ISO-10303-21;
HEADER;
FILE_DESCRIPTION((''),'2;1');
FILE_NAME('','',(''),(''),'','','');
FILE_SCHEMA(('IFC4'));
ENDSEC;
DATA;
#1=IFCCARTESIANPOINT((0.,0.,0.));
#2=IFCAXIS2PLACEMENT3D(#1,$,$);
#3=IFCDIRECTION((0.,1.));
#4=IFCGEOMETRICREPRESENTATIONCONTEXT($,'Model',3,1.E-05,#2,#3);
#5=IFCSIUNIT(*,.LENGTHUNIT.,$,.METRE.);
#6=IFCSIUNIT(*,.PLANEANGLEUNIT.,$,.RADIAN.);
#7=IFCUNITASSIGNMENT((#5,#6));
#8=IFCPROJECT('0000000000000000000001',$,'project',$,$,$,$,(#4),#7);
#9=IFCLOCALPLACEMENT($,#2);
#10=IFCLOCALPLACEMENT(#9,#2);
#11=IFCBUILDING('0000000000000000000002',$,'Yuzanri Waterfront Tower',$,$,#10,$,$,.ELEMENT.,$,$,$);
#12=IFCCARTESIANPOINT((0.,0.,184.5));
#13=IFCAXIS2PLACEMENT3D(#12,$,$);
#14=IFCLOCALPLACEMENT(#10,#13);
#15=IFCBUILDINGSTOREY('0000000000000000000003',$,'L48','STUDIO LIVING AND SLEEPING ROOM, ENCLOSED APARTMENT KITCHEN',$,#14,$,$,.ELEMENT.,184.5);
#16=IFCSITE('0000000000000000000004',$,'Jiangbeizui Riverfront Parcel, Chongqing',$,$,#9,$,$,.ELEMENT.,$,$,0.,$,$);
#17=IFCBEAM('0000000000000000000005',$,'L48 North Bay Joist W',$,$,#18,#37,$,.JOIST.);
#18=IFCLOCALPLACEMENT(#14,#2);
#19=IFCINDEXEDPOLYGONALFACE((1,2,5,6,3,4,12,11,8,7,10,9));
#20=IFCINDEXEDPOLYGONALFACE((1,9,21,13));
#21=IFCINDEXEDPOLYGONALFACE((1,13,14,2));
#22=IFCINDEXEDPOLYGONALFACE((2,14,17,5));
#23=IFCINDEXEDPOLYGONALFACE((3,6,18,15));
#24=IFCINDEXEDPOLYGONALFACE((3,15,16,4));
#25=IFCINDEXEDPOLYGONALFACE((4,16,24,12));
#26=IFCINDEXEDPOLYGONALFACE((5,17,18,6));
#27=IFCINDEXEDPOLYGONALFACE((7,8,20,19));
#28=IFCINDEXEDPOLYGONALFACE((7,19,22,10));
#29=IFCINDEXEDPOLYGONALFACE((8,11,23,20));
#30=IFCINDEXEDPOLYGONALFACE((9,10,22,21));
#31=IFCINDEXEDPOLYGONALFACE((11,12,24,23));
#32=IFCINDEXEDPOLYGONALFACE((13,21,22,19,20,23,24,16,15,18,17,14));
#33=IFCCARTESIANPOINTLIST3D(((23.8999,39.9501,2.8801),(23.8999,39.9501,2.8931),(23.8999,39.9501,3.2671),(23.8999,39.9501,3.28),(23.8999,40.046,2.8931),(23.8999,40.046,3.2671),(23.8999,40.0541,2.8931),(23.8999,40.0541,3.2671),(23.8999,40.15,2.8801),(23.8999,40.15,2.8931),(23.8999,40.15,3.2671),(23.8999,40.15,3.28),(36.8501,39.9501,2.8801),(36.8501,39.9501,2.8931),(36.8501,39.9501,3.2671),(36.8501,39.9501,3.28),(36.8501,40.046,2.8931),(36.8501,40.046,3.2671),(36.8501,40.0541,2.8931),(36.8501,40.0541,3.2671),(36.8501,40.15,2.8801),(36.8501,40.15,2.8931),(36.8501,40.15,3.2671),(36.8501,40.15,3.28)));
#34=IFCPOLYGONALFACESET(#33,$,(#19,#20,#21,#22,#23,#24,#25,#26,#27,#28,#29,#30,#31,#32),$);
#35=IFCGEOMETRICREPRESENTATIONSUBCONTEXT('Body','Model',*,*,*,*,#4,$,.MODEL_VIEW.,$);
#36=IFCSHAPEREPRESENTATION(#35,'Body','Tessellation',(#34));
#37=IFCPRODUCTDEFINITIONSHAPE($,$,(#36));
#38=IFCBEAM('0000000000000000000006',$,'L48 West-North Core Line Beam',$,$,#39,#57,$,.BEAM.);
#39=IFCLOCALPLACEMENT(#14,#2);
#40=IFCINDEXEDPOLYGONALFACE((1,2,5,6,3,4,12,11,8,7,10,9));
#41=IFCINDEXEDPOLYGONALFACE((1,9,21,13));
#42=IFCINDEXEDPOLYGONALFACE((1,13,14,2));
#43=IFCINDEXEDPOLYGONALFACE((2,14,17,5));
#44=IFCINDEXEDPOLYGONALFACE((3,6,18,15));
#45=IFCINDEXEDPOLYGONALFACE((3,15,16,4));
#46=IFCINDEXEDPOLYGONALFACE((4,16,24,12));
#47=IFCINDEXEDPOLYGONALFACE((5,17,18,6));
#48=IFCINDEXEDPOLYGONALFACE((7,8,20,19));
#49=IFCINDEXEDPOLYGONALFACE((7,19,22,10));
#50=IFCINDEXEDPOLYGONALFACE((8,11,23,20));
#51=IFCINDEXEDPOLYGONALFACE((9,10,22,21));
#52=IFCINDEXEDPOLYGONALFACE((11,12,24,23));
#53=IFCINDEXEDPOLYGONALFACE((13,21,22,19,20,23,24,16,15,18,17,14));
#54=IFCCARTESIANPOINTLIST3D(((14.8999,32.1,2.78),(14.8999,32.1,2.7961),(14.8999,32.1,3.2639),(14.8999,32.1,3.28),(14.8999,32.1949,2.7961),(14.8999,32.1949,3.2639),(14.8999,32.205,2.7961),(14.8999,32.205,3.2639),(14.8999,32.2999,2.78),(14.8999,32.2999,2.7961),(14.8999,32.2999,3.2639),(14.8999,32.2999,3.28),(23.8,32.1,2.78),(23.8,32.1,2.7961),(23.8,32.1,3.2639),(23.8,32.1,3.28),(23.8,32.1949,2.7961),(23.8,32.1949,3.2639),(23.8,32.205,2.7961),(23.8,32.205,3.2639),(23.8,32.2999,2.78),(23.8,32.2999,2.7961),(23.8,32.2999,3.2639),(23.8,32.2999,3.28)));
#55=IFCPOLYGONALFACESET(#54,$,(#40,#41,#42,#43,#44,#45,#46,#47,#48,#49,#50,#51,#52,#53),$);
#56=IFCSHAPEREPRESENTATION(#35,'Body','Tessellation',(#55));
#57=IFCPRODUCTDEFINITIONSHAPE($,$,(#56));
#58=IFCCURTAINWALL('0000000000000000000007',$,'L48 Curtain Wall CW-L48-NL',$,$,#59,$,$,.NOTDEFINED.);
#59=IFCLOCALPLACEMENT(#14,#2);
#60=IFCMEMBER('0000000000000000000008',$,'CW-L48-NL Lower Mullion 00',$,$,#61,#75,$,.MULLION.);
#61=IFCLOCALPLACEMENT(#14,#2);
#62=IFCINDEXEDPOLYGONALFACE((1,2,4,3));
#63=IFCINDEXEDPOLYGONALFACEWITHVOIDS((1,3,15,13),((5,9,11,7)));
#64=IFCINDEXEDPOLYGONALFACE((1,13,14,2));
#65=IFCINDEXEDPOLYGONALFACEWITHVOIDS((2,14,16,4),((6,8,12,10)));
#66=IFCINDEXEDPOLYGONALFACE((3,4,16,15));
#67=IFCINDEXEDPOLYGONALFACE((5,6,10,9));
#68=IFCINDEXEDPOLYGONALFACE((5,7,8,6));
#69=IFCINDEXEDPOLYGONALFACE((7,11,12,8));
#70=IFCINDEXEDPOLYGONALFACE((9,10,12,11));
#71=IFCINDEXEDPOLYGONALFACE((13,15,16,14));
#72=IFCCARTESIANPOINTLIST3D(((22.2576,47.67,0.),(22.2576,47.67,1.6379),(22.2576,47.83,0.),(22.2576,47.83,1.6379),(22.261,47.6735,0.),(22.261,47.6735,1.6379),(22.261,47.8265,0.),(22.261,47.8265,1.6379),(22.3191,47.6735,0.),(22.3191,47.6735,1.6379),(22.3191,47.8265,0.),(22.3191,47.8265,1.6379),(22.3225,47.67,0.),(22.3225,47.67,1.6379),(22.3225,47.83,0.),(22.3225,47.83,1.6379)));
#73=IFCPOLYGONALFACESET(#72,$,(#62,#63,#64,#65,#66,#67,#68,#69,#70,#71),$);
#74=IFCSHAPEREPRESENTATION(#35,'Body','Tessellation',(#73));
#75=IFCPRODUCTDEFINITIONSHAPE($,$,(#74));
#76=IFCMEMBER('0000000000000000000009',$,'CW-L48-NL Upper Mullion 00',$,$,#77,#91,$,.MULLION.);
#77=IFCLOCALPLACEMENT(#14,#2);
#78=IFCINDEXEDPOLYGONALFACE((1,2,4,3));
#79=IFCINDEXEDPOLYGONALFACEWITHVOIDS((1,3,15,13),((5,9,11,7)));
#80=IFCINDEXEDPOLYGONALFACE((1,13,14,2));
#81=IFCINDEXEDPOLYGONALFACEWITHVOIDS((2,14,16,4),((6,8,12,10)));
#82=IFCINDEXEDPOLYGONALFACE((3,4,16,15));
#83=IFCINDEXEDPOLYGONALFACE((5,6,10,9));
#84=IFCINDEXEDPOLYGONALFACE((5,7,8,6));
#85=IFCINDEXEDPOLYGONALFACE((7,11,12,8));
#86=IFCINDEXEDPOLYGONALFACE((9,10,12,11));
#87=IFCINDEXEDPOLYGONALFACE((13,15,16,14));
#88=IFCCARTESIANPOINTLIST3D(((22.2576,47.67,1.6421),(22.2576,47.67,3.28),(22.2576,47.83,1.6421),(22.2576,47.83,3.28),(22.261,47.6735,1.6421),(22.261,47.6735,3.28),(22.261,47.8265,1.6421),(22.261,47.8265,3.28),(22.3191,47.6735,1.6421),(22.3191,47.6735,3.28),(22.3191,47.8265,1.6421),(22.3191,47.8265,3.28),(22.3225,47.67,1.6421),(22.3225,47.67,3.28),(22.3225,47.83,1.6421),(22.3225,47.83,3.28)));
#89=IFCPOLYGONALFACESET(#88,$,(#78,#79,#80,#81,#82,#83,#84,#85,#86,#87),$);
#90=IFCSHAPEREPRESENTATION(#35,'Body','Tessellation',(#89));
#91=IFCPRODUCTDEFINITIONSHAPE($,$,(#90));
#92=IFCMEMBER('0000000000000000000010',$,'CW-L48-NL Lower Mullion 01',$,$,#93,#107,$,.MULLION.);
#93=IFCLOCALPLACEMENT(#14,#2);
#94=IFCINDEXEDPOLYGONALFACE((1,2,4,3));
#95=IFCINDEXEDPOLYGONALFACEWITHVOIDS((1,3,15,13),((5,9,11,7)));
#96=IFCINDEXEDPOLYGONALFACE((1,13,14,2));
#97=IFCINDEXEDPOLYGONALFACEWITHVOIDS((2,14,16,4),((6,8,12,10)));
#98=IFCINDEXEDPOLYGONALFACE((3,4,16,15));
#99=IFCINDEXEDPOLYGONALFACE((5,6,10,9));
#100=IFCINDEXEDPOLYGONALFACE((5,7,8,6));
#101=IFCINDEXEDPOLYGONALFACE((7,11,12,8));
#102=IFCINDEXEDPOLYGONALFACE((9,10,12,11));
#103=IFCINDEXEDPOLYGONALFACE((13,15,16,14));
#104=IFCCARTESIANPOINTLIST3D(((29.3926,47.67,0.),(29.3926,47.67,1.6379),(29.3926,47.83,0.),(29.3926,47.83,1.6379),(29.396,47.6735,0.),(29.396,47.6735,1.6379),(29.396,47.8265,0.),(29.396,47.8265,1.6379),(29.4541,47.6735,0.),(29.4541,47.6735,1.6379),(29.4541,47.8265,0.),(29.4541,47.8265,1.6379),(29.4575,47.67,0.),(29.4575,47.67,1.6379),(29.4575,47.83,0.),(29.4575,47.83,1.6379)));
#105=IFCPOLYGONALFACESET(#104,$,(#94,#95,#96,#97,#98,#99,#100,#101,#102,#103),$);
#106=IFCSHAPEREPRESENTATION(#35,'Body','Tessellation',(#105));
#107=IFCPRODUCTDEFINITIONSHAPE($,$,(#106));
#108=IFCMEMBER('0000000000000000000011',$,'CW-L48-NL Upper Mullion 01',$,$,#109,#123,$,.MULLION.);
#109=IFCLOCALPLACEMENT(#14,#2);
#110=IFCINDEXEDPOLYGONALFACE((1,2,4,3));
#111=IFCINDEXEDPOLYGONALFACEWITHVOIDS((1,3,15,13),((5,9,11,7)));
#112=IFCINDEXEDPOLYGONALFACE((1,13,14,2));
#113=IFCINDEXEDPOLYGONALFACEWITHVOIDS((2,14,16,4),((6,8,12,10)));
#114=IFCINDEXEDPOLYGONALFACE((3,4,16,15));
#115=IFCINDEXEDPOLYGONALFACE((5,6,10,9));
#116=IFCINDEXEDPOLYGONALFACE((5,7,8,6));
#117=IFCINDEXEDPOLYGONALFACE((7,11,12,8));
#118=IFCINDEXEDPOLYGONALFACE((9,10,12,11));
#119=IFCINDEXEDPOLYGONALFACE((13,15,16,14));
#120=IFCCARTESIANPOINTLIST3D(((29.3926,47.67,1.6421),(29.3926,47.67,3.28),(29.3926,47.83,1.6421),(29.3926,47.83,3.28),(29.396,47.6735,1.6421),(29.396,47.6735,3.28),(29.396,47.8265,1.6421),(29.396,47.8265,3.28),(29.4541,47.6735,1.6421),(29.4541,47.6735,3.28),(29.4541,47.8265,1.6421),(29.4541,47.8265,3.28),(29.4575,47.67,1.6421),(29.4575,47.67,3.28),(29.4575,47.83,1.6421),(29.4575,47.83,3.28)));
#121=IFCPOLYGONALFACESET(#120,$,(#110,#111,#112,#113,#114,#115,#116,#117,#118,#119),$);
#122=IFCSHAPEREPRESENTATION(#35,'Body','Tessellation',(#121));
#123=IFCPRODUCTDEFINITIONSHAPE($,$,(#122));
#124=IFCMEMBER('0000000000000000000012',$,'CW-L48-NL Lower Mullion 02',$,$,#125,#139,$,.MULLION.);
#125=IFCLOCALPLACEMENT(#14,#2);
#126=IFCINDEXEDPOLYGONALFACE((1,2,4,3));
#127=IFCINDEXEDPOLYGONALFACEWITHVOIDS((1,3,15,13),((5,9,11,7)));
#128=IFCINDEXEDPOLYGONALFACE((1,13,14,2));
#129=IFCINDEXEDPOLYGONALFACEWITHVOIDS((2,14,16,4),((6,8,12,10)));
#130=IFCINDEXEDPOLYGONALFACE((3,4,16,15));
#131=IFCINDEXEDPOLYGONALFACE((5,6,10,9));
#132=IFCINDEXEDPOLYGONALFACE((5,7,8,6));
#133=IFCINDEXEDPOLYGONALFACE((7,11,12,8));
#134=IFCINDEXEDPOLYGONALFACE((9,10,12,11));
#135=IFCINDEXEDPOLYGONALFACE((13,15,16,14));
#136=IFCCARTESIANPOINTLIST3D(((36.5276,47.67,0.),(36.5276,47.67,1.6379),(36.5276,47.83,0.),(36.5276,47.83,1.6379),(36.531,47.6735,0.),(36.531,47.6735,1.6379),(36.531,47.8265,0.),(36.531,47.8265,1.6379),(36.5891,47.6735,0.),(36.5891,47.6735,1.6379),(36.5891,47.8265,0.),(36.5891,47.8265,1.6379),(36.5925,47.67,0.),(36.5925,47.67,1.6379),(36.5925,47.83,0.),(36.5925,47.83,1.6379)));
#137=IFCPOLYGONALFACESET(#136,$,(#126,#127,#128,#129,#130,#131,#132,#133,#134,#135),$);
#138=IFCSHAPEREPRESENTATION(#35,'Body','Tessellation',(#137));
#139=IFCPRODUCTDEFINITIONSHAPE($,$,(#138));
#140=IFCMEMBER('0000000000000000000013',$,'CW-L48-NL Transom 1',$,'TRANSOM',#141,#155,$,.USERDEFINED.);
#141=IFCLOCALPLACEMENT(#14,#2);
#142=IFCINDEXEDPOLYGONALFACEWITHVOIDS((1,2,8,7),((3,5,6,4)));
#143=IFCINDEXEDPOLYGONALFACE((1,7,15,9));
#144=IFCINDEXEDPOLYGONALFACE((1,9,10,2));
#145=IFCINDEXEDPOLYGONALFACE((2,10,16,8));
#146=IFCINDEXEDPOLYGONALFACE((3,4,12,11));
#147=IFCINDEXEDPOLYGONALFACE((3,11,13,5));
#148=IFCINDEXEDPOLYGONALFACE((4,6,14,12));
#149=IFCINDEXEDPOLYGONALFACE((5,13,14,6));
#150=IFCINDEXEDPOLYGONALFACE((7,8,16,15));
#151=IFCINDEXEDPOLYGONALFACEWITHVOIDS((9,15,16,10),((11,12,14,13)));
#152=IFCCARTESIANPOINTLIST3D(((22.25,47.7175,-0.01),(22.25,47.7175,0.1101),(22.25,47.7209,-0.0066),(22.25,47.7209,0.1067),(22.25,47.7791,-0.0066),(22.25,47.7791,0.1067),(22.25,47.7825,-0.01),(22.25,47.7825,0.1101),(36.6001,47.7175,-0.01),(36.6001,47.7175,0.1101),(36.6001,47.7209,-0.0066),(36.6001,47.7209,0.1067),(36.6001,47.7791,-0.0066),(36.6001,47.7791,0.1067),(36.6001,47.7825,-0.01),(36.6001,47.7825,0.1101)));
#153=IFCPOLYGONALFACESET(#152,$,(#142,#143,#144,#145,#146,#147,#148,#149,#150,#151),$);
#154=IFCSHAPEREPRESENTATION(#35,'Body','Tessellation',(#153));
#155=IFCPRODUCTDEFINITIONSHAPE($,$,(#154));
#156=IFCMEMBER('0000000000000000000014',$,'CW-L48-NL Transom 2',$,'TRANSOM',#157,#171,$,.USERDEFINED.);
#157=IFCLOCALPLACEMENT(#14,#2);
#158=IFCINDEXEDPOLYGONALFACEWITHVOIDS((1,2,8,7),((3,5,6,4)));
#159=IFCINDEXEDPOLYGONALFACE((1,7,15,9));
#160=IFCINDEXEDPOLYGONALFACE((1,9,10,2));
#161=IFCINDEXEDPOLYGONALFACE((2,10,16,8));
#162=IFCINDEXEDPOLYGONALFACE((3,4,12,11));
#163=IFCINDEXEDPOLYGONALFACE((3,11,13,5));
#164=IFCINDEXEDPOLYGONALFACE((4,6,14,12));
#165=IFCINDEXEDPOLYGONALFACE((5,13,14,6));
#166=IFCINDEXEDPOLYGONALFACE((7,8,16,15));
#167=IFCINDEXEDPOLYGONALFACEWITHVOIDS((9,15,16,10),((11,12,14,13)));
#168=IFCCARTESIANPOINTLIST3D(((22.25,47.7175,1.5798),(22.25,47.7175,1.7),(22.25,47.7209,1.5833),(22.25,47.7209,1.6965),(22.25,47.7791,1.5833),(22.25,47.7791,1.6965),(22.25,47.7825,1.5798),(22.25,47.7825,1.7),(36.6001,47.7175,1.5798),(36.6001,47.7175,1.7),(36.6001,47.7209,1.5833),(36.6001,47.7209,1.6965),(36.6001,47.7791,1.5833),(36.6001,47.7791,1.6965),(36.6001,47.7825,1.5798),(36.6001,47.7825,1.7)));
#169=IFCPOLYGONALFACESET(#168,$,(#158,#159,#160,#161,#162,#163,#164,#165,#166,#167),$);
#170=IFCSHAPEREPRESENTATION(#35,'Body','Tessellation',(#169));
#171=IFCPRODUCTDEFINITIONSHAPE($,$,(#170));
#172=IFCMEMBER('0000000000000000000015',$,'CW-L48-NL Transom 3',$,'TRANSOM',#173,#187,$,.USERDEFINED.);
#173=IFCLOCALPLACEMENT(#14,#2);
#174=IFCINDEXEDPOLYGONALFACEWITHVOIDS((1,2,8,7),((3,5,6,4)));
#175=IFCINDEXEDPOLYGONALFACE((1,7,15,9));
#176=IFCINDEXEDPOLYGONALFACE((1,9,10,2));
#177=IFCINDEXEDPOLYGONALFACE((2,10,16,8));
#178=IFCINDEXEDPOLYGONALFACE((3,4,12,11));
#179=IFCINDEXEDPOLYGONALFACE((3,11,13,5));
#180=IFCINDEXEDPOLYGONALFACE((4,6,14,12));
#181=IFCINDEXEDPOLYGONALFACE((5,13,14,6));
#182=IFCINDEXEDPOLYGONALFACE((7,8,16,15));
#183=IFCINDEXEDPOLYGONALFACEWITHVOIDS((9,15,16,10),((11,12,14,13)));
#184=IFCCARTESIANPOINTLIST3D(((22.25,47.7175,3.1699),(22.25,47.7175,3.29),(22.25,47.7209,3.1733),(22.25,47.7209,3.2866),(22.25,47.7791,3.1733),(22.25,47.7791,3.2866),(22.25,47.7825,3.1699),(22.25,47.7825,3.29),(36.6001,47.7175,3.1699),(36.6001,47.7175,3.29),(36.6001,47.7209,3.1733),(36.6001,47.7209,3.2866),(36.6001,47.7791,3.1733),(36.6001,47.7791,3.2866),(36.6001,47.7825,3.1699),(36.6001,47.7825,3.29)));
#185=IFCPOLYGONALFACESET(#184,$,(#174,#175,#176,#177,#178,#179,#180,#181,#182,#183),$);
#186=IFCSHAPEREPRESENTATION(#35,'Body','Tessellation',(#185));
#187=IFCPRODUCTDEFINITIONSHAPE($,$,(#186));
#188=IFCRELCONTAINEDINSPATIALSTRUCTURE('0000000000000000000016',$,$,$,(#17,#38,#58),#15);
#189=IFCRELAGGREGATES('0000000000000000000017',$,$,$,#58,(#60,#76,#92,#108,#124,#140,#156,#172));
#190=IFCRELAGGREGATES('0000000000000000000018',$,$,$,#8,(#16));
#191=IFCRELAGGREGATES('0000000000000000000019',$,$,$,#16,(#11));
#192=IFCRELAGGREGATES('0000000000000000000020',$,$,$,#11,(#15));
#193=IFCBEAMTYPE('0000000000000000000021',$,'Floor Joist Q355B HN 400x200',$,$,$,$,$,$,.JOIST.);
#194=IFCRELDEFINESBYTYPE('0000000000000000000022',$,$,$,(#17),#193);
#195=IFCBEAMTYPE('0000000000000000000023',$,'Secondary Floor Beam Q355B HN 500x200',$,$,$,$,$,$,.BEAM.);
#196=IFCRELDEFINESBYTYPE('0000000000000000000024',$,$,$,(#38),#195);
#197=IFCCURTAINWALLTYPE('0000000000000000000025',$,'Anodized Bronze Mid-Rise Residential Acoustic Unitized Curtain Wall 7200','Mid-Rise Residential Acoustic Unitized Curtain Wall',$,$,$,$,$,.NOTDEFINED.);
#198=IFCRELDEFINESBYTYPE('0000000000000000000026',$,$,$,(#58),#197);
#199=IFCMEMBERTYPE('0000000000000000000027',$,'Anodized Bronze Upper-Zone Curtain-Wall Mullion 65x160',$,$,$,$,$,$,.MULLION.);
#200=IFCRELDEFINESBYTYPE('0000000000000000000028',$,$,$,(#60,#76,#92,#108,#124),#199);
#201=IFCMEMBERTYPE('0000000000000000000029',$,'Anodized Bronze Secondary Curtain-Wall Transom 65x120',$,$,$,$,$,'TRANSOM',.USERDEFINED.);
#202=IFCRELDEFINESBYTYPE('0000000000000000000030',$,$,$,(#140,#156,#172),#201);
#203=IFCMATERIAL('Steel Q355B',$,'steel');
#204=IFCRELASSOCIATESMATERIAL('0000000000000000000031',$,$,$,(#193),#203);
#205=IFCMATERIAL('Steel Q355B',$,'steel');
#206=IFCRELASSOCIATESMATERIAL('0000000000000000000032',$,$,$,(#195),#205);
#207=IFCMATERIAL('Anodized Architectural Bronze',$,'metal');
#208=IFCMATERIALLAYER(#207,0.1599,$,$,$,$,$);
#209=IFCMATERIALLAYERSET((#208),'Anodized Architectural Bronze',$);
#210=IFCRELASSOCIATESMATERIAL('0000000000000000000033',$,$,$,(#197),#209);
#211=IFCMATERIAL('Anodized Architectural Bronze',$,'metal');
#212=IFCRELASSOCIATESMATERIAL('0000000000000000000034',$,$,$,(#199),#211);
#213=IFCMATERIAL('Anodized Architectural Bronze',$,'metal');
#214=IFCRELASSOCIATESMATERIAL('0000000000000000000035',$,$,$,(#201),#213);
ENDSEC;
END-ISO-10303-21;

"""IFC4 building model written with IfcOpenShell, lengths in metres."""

from ifc_helpers import new_model, si_unit, direction, frame, origin, origin_2d, place, context, subcontext, project, spatial, hollow_rectangle, i_section, extrude, source, transform, mapped, material, layer, layer_set, material_profile, profile_set, type_object, element, aggregate, save


model = new_model("IFC4")

# Units and contexts
model_context = context("Model", 3, precision=1e-05, world=origin(), true_north=direction((0.0, 1.0)))
body_context = subcontext(model_context, "Body", "Model", "MODEL_VIEW")
ifc_project = project(units=[si_unit("LENGTHUNIT", "METRE"), si_unit("PLANEANGLEUNIT", "RADIAN")], contexts=[model_context])

# Site, building, storey
site_placement = place(None, origin())
site = spatial("IfcSite", under=ifc_project, at=site_placement, Name="Jiangbeizui Riverfront Parcel, Chongqing", CompositionType="ELEMENT", RefElevation=0.0)
building_placement = place(site_placement, origin())
building = spatial("IfcBuilding", under=site, at=building_placement, Name="Yuzanri Waterfront Tower", CompositionType="ELEMENT")
storey_placement = place(building_placement, frame((0.0, 0.0, 184.5)))
storey = spatial("IfcBuildingStorey", under=building, at=storey_placement, Name="L48", Description="STUDIO LIVING AND SLEEPING ROOM, ENCLOSED APARTMENT KITCHEN", CompositionType="ELEMENT", Elevation=184.5)

# Beams
ifc_material_1 = material(Name="Steel Q355B", Category="steel")
ifc_material_profile_1 = material_profile(ifc_material_1, i_section(OverallWidth=0.2, OverallDepth=0.3999, WebThickness=0.0081, FlangeThickness=0.0129, at=origin_2d()), Name="HN 400x200x8x13")
ifc_profile_set_1 = profile_set([ifc_material_profile_1], Name="Steel Q355B")
beam_type_1 = type_object("IfcBeamType", Name="Floor Joist Q355B HN 400x200", PredefinedType="JOIST", material=ifc_profile_set_1)
shared_shape_1 = source(origin(), body_context, "Body", "SweptSolid", [
    extrude(i_section(OverallWidth=0.2, OverallDepth=0.3999, WebThickness=0.0081, FlangeThickness=0.0129, at=origin_2d()), origin(), (0.0, 0.0, 1.0), 12.9502),
])
beam_1_placement = place(storey_placement, frame((23.8999, 40.05, 3.0801), z_axis=(1.0, 0.0, 0.0), x_axis=(0.0, 1.0, 0.0)))
element("IfcBeam", 1, at=beam_1_placement, inside=storey, type_object=beam_type_1, Name="L48 North Bay Joist W", PredefinedType="JOIST", context=body_context, shape_type="MappedRepresentation", body=[
    mapped(shared_shape_1, transform((0.0, 0.0, 0.0), scale=1.0)),
])
ifc_material_2 = material(Name="Steel Q355B", Category="steel")
ifc_material_profile_2 = material_profile(ifc_material_2, i_section(OverallWidth=0.2, OverallDepth=0.5, WebThickness=0.01, FlangeThickness=0.0161, at=origin_2d()), Name="HN 500x200x10x16")
ifc_profile_set_2 = profile_set([ifc_material_profile_2], Name="Steel Q355B")
beam_type_2 = type_object("IfcBeamType", Name="Secondary Floor Beam Q355B HN 500x200", PredefinedType="BEAM", material=ifc_profile_set_2)
shared_shape_2 = source(origin(), body_context, "Body", "SweptSolid", [
    extrude(i_section(OverallWidth=0.2, OverallDepth=0.5, WebThickness=0.01, FlangeThickness=0.0161, at=origin_2d()), origin(), (0.0, 0.0, 1.0), 8.9001),
])
beam_2_placement = place(storey_placement, frame((23.8, 32.2, 3.03), z_axis=(-1.0, 0.0, 0.0), x_axis=(0.0, -1.0, 0.0)))
element("IfcBeam", 2, at=beam_2_placement, inside=storey, type_object=beam_type_2, Name="L48 West-North Core Line Beam", PredefinedType="BEAM", context=body_context, shape_type="MappedRepresentation", body=[
    mapped(shared_shape_2, transform((0.0, 0.0, 0.0), scale=1.0)),
])

# Curtain wall, members
ifc_material_3 = material(Name="Anodized Architectural Bronze", Category="metal")
ifc_layer_1 = layer(ifc_material_3, 0.1599)
ifc_layer_set_1 = layer_set([ifc_layer_1], Name="Anodized Architectural Bronze")
curtain_wall_type = type_object("IfcCurtainWallType", Name="Anodized Bronze Mid-Rise Residential Acoustic Unitized Curtain Wall 7200", Description="Mid-Rise Residential Acoustic Unitized Curtain Wall", PredefinedType="NOTDEFINED", material=ifc_layer_set_1)
curtain_wall_placement = place(storey_placement, origin())
curtain_wall = element("IfcCurtainWall", 3, at=curtain_wall_placement, inside=storey, type_object=curtain_wall_type, Name="L48 Curtain Wall CW-L48-NL", PredefinedType="NOTDEFINED")
ifc_material_4 = material(Name="Anodized Architectural Bronze", Category="metal")
ifc_material_profile_3 = material_profile(ifc_material_4, hollow_rectangle(XDim=0.0649, YDim=0.1599, WallThickness=0.0034, at=origin_2d()), Name="CWM 65x160")
ifc_profile_set_3 = profile_set([ifc_material_profile_3], Name="Anodized Architectural Bronze")
member_type_1 = type_object("IfcMemberType", Name="Anodized Bronze Upper-Zone Curtain-Wall Mullion 65x160", PredefinedType="MULLION", material=ifc_profile_set_3)
shared_shape_3 = source(origin(), body_context, "Body", "SweptSolid", [
    extrude(hollow_rectangle(XDim=0.0649, YDim=0.1599, WallThickness=0.0034, at=origin_2d()), origin(), (0.0, 0.0, 1.0), 1.6379),
])
member_1_placement = place(storey_placement, frame((22.29, 47.75, 0.0), z_axis=(0.0, 0.0, 1.0), x_axis=(1.0, 0.0, 0.0)))
member_1 = element("IfcMember", 4, at=member_1_placement, type_object=member_type_1, Name="CW-L48-NL Lower Mullion 00", PredefinedType="MULLION", context=body_context, shape_type="MappedRepresentation", body=[
    mapped(shared_shape_3, transform((0.0, 0.0, 0.0), scale=1.0)),
])
member_2_placement = place(storey_placement, frame((22.29, 47.75, 1.6421), z_axis=(0.0, 0.0, 1.0), x_axis=(1.0, 0.0, 0.0)))
member_2 = element("IfcMember", 5, at=member_2_placement, type_object=member_type_1, Name="CW-L48-NL Upper Mullion 00", PredefinedType="MULLION", context=body_context, shape_type="MappedRepresentation", body=[
    mapped(shared_shape_3, transform((0.0, 0.0, 0.0), scale=1.0)),
])
member_3_placement = place(storey_placement, frame((29.425, 47.75, 0.0), z_axis=(0.0, 0.0, 1.0), x_axis=(1.0, 0.0, 0.0)))
member_3 = element("IfcMember", 6, at=member_3_placement, type_object=member_type_1, Name="CW-L48-NL Lower Mullion 01", PredefinedType="MULLION", context=body_context, shape_type="MappedRepresentation", body=[
    mapped(shared_shape_3, transform((0.0, 0.0, 0.0), scale=1.0)),
])
member_4_placement = place(storey_placement, frame((29.425, 47.75, 1.6421), z_axis=(0.0, 0.0, 1.0), x_axis=(1.0, 0.0, 0.0)))
member_4 = element("IfcMember", 7, at=member_4_placement, type_object=member_type_1, Name="CW-L48-NL Upper Mullion 01", PredefinedType="MULLION", context=body_context, shape_type="MappedRepresentation", body=[
    mapped(shared_shape_3, transform((0.0, 0.0, 0.0), scale=1.0)),
])
member_5_placement = place(storey_placement, frame((36.5601, 47.75, 0.0), z_axis=(0.0, 0.0, 1.0), x_axis=(1.0, 0.0, 0.0)))
member_5 = element("IfcMember", 8, at=member_5_placement, type_object=member_type_1, Name="CW-L48-NL Lower Mullion 02", PredefinedType="MULLION", context=body_context, shape_type="MappedRepresentation", body=[
    mapped(shared_shape_3, transform((0.0, 0.0, 0.0), scale=1.0)),
])
ifc_material_5 = material(Name="Anodized Architectural Bronze", Category="metal")
ifc_material_profile_4 = material_profile(ifc_material_5, hollow_rectangle(XDim=0.0649, YDim=0.1201, WallThickness=0.0034, at=origin_2d()), Name="CWT 65x120")
ifc_profile_set_4 = profile_set([ifc_material_profile_4], Name="Anodized Architectural Bronze")
member_type_2 = type_object("IfcMemberType", Name="Anodized Bronze Secondary Curtain-Wall Transom 65x120", ElementType="TRANSOM", PredefinedType="USERDEFINED", material=ifc_profile_set_4)
shared_shape_4 = source(origin(), body_context, "Body", "SweptSolid", [
    extrude(hollow_rectangle(XDim=0.0649, YDim=0.1201, WallThickness=0.0034, at=origin_2d()), origin(), (0.0, 0.0, 1.0), 14.3501),
])
member_6_placement = place(storey_placement, frame((22.25, 47.75, 0.05), z_axis=(1.0, 0.0, 0.0), x_axis=(0.0, 1.0, 0.0)))
member_6 = element("IfcMember", 9, at=member_6_placement, type_object=member_type_2, Name="CW-L48-NL Transom 1", ObjectType="TRANSOM", PredefinedType="USERDEFINED", context=body_context, shape_type="MappedRepresentation", body=[
    mapped(shared_shape_4, transform((0.0, 0.0, 0.0), scale=1.0)),
])
member_7_placement = place(storey_placement, frame((22.25, 47.75, 1.6399), z_axis=(1.0, 0.0, 0.0), x_axis=(0.0, 1.0, 0.0)))
member_7 = element("IfcMember", 10, at=member_7_placement, type_object=member_type_2, Name="CW-L48-NL Transom 2", ObjectType="TRANSOM", PredefinedType="USERDEFINED", context=body_context, shape_type="MappedRepresentation", body=[
    mapped(shared_shape_4, transform((0.0, 0.0, 0.0), scale=1.0)),
])
member_8_placement = place(storey_placement, frame((22.25, 47.75, 3.23), z_axis=(1.0, 0.0, 0.0), x_axis=(0.0, 1.0, 0.0)))
member_8 = element("IfcMember", 11, at=member_8_placement, type_object=member_type_2, Name="CW-L48-NL Transom 3", ObjectType="TRANSOM", PredefinedType="USERDEFINED", context=body_context, shape_type="MappedRepresentation", body=[
    mapped(shared_shape_4, transform((0.0, 0.0, 0.0), scale=1.0)),
])
aggregate(curtain_wall, [member_1, member_2, member_3, member_4, member_5, member_6, member_7, member_8])

save(model, "model.ifc")
